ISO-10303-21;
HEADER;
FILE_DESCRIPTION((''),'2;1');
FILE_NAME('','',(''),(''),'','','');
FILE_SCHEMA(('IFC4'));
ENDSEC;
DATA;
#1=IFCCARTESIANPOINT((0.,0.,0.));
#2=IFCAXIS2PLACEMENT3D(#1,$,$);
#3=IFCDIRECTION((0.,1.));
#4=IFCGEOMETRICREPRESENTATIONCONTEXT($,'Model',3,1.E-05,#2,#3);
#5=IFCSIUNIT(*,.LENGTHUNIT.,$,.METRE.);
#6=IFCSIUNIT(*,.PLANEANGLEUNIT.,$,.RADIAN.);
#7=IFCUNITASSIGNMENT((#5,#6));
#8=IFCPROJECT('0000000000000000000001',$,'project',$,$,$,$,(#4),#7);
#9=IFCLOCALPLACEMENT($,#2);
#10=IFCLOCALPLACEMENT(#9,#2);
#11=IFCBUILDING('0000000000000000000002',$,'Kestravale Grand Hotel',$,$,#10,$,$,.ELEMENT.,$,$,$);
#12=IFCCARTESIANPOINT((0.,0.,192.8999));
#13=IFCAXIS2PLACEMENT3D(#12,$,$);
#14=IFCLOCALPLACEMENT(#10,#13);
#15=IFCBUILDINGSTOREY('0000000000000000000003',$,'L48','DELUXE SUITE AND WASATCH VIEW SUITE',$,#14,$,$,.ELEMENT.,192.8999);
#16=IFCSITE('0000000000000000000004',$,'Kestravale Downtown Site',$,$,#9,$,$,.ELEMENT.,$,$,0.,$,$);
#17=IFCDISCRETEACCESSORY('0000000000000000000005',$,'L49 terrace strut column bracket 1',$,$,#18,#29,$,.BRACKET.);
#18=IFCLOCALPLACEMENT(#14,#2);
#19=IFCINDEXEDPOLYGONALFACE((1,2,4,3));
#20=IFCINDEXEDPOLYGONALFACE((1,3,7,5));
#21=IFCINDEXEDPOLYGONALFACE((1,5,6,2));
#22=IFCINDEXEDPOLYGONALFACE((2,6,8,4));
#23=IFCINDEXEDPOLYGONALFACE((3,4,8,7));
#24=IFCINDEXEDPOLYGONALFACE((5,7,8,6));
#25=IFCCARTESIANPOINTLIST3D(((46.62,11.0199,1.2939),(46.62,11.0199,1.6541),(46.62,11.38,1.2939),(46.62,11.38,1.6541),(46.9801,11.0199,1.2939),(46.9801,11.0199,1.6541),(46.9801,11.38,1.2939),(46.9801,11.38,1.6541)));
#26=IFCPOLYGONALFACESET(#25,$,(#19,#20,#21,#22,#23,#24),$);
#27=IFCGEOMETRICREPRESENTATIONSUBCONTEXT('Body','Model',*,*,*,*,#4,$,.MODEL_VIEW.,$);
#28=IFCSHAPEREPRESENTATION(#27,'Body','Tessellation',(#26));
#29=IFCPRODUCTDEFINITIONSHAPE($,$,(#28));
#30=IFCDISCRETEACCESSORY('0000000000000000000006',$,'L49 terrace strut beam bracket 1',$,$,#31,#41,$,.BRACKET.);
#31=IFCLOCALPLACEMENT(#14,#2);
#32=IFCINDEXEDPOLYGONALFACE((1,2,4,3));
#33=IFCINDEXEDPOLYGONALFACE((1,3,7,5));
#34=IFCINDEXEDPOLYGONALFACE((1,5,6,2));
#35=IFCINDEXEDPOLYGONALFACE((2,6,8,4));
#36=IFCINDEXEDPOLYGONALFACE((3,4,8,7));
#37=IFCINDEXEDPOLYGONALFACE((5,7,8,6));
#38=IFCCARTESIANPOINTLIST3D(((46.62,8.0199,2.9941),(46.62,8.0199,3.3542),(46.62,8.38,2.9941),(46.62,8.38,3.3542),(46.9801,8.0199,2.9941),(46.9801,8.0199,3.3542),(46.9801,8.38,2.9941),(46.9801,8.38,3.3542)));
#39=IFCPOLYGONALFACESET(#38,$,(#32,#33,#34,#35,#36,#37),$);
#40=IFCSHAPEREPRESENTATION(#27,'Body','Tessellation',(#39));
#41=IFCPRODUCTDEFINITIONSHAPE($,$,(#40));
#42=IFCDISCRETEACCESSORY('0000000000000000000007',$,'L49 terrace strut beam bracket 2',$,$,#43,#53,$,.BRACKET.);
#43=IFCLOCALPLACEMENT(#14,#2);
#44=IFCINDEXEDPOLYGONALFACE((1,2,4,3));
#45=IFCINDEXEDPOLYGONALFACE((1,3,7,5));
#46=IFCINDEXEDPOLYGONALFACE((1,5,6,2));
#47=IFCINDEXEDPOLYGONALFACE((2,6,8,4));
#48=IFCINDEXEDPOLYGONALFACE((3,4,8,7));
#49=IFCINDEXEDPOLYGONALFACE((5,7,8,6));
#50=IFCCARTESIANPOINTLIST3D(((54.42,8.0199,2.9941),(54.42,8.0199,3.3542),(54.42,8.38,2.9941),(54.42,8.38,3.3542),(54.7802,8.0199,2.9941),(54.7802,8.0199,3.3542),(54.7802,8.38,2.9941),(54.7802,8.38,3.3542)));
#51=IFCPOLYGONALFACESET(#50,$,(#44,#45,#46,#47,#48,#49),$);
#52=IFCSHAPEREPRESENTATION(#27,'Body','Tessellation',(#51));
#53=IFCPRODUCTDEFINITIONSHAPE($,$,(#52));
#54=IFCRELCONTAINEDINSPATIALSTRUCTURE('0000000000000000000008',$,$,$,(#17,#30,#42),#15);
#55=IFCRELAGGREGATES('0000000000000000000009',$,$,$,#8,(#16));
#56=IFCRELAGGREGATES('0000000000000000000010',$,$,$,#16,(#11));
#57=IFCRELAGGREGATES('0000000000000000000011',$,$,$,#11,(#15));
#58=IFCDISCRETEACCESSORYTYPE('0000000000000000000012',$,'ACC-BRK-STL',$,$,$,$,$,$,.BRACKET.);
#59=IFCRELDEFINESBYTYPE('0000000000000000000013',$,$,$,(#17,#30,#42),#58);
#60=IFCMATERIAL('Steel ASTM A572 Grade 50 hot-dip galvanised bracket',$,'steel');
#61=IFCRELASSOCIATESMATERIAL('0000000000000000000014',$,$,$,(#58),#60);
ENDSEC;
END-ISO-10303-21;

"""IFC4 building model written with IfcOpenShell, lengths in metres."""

from ifc_helpers import new_model, si_unit, direction, frame, origin, origin_2d, place, context, subcontext, project, spatial, rectangle, extrude, material, type_object, element, save


model = new_model("IFC4")

# Units and contexts
model_context = context("Model", 3, precision=1e-05, world=origin(), true_north=direction((0.0, 1.0)))
body_context = subcontext(model_context, "Body", "Model", "MODEL_VIEW")
ifc_project = project(units=[si_unit("LENGTHUNIT", "METRE"), si_unit("PLANEANGLEUNIT", "RADIAN")], contexts=[model_context])

# Site, building, storey
site_placement = place(None, origin())
site = spatial("IfcSite", under=ifc_project, at=site_placement, Name="Kestravale Downtown Site", CompositionType="ELEMENT", RefElevation=0.0)
building_placement = place(site_placement, origin())
building = spatial("IfcBuilding", under=site, at=building_placement, Name="Kestravale Grand Hotel", CompositionType="ELEMENT")
storey_placement = place(building_placement, frame((0.0, 0.0, 192.8999)))
storey = spatial("IfcBuildingStorey", under=building, at=storey_placement, Name="L48", Description="DELUXE SUITE AND WASATCH VIEW SUITE", CompositionType="ELEMENT", Elevation=192.8999)

# Discrete accessories
ifc_material_1 = material(Name="Steel ASTM A572 Grade 50 hot-dip galvanised bracket", Category="steel")
discrete_accessory_type = type_object("IfcDiscreteAccessoryType", Name="ACC-BRK-STL", PredefinedType="BRACKET", material=ifc_material_1)
for number, where, z_axis, x_axis, name in (
    (1, (46.8, 11.2, 1.2939), (0.0, 0.0, 1.0), (1.0, 0.0, 0.0), "L49 terrace strut column bracket 1"),
    (2, (46.8, 8.2, 2.9941), (0.0, 0.0, 1.0), (1.0, 0.0, 0.0), "L49 terrace strut beam bracket 1"),
    (3, (54.6001, 8.2, 2.9941), (0.0, 0.0, 1.0), (1.0, 0.0, 0.0), "L49 terrace strut beam bracket 2"),
):
    element("IfcDiscreteAccessory", number, at=place(storey_placement, frame(where, z_axis=z_axis, x_axis=x_axis)), inside=storey, type_object=discrete_accessory_type, Name=name, PredefinedType="BRACKET", context=body_context, shape_type="SweptSolid", body=[
        extrude(rectangle(XDim=0.3601, YDim=0.3601, at=origin_2d()), origin(), (0.0, 0.0, 1.0), 0.3601),
    ])

save(model, "model.ifc")
